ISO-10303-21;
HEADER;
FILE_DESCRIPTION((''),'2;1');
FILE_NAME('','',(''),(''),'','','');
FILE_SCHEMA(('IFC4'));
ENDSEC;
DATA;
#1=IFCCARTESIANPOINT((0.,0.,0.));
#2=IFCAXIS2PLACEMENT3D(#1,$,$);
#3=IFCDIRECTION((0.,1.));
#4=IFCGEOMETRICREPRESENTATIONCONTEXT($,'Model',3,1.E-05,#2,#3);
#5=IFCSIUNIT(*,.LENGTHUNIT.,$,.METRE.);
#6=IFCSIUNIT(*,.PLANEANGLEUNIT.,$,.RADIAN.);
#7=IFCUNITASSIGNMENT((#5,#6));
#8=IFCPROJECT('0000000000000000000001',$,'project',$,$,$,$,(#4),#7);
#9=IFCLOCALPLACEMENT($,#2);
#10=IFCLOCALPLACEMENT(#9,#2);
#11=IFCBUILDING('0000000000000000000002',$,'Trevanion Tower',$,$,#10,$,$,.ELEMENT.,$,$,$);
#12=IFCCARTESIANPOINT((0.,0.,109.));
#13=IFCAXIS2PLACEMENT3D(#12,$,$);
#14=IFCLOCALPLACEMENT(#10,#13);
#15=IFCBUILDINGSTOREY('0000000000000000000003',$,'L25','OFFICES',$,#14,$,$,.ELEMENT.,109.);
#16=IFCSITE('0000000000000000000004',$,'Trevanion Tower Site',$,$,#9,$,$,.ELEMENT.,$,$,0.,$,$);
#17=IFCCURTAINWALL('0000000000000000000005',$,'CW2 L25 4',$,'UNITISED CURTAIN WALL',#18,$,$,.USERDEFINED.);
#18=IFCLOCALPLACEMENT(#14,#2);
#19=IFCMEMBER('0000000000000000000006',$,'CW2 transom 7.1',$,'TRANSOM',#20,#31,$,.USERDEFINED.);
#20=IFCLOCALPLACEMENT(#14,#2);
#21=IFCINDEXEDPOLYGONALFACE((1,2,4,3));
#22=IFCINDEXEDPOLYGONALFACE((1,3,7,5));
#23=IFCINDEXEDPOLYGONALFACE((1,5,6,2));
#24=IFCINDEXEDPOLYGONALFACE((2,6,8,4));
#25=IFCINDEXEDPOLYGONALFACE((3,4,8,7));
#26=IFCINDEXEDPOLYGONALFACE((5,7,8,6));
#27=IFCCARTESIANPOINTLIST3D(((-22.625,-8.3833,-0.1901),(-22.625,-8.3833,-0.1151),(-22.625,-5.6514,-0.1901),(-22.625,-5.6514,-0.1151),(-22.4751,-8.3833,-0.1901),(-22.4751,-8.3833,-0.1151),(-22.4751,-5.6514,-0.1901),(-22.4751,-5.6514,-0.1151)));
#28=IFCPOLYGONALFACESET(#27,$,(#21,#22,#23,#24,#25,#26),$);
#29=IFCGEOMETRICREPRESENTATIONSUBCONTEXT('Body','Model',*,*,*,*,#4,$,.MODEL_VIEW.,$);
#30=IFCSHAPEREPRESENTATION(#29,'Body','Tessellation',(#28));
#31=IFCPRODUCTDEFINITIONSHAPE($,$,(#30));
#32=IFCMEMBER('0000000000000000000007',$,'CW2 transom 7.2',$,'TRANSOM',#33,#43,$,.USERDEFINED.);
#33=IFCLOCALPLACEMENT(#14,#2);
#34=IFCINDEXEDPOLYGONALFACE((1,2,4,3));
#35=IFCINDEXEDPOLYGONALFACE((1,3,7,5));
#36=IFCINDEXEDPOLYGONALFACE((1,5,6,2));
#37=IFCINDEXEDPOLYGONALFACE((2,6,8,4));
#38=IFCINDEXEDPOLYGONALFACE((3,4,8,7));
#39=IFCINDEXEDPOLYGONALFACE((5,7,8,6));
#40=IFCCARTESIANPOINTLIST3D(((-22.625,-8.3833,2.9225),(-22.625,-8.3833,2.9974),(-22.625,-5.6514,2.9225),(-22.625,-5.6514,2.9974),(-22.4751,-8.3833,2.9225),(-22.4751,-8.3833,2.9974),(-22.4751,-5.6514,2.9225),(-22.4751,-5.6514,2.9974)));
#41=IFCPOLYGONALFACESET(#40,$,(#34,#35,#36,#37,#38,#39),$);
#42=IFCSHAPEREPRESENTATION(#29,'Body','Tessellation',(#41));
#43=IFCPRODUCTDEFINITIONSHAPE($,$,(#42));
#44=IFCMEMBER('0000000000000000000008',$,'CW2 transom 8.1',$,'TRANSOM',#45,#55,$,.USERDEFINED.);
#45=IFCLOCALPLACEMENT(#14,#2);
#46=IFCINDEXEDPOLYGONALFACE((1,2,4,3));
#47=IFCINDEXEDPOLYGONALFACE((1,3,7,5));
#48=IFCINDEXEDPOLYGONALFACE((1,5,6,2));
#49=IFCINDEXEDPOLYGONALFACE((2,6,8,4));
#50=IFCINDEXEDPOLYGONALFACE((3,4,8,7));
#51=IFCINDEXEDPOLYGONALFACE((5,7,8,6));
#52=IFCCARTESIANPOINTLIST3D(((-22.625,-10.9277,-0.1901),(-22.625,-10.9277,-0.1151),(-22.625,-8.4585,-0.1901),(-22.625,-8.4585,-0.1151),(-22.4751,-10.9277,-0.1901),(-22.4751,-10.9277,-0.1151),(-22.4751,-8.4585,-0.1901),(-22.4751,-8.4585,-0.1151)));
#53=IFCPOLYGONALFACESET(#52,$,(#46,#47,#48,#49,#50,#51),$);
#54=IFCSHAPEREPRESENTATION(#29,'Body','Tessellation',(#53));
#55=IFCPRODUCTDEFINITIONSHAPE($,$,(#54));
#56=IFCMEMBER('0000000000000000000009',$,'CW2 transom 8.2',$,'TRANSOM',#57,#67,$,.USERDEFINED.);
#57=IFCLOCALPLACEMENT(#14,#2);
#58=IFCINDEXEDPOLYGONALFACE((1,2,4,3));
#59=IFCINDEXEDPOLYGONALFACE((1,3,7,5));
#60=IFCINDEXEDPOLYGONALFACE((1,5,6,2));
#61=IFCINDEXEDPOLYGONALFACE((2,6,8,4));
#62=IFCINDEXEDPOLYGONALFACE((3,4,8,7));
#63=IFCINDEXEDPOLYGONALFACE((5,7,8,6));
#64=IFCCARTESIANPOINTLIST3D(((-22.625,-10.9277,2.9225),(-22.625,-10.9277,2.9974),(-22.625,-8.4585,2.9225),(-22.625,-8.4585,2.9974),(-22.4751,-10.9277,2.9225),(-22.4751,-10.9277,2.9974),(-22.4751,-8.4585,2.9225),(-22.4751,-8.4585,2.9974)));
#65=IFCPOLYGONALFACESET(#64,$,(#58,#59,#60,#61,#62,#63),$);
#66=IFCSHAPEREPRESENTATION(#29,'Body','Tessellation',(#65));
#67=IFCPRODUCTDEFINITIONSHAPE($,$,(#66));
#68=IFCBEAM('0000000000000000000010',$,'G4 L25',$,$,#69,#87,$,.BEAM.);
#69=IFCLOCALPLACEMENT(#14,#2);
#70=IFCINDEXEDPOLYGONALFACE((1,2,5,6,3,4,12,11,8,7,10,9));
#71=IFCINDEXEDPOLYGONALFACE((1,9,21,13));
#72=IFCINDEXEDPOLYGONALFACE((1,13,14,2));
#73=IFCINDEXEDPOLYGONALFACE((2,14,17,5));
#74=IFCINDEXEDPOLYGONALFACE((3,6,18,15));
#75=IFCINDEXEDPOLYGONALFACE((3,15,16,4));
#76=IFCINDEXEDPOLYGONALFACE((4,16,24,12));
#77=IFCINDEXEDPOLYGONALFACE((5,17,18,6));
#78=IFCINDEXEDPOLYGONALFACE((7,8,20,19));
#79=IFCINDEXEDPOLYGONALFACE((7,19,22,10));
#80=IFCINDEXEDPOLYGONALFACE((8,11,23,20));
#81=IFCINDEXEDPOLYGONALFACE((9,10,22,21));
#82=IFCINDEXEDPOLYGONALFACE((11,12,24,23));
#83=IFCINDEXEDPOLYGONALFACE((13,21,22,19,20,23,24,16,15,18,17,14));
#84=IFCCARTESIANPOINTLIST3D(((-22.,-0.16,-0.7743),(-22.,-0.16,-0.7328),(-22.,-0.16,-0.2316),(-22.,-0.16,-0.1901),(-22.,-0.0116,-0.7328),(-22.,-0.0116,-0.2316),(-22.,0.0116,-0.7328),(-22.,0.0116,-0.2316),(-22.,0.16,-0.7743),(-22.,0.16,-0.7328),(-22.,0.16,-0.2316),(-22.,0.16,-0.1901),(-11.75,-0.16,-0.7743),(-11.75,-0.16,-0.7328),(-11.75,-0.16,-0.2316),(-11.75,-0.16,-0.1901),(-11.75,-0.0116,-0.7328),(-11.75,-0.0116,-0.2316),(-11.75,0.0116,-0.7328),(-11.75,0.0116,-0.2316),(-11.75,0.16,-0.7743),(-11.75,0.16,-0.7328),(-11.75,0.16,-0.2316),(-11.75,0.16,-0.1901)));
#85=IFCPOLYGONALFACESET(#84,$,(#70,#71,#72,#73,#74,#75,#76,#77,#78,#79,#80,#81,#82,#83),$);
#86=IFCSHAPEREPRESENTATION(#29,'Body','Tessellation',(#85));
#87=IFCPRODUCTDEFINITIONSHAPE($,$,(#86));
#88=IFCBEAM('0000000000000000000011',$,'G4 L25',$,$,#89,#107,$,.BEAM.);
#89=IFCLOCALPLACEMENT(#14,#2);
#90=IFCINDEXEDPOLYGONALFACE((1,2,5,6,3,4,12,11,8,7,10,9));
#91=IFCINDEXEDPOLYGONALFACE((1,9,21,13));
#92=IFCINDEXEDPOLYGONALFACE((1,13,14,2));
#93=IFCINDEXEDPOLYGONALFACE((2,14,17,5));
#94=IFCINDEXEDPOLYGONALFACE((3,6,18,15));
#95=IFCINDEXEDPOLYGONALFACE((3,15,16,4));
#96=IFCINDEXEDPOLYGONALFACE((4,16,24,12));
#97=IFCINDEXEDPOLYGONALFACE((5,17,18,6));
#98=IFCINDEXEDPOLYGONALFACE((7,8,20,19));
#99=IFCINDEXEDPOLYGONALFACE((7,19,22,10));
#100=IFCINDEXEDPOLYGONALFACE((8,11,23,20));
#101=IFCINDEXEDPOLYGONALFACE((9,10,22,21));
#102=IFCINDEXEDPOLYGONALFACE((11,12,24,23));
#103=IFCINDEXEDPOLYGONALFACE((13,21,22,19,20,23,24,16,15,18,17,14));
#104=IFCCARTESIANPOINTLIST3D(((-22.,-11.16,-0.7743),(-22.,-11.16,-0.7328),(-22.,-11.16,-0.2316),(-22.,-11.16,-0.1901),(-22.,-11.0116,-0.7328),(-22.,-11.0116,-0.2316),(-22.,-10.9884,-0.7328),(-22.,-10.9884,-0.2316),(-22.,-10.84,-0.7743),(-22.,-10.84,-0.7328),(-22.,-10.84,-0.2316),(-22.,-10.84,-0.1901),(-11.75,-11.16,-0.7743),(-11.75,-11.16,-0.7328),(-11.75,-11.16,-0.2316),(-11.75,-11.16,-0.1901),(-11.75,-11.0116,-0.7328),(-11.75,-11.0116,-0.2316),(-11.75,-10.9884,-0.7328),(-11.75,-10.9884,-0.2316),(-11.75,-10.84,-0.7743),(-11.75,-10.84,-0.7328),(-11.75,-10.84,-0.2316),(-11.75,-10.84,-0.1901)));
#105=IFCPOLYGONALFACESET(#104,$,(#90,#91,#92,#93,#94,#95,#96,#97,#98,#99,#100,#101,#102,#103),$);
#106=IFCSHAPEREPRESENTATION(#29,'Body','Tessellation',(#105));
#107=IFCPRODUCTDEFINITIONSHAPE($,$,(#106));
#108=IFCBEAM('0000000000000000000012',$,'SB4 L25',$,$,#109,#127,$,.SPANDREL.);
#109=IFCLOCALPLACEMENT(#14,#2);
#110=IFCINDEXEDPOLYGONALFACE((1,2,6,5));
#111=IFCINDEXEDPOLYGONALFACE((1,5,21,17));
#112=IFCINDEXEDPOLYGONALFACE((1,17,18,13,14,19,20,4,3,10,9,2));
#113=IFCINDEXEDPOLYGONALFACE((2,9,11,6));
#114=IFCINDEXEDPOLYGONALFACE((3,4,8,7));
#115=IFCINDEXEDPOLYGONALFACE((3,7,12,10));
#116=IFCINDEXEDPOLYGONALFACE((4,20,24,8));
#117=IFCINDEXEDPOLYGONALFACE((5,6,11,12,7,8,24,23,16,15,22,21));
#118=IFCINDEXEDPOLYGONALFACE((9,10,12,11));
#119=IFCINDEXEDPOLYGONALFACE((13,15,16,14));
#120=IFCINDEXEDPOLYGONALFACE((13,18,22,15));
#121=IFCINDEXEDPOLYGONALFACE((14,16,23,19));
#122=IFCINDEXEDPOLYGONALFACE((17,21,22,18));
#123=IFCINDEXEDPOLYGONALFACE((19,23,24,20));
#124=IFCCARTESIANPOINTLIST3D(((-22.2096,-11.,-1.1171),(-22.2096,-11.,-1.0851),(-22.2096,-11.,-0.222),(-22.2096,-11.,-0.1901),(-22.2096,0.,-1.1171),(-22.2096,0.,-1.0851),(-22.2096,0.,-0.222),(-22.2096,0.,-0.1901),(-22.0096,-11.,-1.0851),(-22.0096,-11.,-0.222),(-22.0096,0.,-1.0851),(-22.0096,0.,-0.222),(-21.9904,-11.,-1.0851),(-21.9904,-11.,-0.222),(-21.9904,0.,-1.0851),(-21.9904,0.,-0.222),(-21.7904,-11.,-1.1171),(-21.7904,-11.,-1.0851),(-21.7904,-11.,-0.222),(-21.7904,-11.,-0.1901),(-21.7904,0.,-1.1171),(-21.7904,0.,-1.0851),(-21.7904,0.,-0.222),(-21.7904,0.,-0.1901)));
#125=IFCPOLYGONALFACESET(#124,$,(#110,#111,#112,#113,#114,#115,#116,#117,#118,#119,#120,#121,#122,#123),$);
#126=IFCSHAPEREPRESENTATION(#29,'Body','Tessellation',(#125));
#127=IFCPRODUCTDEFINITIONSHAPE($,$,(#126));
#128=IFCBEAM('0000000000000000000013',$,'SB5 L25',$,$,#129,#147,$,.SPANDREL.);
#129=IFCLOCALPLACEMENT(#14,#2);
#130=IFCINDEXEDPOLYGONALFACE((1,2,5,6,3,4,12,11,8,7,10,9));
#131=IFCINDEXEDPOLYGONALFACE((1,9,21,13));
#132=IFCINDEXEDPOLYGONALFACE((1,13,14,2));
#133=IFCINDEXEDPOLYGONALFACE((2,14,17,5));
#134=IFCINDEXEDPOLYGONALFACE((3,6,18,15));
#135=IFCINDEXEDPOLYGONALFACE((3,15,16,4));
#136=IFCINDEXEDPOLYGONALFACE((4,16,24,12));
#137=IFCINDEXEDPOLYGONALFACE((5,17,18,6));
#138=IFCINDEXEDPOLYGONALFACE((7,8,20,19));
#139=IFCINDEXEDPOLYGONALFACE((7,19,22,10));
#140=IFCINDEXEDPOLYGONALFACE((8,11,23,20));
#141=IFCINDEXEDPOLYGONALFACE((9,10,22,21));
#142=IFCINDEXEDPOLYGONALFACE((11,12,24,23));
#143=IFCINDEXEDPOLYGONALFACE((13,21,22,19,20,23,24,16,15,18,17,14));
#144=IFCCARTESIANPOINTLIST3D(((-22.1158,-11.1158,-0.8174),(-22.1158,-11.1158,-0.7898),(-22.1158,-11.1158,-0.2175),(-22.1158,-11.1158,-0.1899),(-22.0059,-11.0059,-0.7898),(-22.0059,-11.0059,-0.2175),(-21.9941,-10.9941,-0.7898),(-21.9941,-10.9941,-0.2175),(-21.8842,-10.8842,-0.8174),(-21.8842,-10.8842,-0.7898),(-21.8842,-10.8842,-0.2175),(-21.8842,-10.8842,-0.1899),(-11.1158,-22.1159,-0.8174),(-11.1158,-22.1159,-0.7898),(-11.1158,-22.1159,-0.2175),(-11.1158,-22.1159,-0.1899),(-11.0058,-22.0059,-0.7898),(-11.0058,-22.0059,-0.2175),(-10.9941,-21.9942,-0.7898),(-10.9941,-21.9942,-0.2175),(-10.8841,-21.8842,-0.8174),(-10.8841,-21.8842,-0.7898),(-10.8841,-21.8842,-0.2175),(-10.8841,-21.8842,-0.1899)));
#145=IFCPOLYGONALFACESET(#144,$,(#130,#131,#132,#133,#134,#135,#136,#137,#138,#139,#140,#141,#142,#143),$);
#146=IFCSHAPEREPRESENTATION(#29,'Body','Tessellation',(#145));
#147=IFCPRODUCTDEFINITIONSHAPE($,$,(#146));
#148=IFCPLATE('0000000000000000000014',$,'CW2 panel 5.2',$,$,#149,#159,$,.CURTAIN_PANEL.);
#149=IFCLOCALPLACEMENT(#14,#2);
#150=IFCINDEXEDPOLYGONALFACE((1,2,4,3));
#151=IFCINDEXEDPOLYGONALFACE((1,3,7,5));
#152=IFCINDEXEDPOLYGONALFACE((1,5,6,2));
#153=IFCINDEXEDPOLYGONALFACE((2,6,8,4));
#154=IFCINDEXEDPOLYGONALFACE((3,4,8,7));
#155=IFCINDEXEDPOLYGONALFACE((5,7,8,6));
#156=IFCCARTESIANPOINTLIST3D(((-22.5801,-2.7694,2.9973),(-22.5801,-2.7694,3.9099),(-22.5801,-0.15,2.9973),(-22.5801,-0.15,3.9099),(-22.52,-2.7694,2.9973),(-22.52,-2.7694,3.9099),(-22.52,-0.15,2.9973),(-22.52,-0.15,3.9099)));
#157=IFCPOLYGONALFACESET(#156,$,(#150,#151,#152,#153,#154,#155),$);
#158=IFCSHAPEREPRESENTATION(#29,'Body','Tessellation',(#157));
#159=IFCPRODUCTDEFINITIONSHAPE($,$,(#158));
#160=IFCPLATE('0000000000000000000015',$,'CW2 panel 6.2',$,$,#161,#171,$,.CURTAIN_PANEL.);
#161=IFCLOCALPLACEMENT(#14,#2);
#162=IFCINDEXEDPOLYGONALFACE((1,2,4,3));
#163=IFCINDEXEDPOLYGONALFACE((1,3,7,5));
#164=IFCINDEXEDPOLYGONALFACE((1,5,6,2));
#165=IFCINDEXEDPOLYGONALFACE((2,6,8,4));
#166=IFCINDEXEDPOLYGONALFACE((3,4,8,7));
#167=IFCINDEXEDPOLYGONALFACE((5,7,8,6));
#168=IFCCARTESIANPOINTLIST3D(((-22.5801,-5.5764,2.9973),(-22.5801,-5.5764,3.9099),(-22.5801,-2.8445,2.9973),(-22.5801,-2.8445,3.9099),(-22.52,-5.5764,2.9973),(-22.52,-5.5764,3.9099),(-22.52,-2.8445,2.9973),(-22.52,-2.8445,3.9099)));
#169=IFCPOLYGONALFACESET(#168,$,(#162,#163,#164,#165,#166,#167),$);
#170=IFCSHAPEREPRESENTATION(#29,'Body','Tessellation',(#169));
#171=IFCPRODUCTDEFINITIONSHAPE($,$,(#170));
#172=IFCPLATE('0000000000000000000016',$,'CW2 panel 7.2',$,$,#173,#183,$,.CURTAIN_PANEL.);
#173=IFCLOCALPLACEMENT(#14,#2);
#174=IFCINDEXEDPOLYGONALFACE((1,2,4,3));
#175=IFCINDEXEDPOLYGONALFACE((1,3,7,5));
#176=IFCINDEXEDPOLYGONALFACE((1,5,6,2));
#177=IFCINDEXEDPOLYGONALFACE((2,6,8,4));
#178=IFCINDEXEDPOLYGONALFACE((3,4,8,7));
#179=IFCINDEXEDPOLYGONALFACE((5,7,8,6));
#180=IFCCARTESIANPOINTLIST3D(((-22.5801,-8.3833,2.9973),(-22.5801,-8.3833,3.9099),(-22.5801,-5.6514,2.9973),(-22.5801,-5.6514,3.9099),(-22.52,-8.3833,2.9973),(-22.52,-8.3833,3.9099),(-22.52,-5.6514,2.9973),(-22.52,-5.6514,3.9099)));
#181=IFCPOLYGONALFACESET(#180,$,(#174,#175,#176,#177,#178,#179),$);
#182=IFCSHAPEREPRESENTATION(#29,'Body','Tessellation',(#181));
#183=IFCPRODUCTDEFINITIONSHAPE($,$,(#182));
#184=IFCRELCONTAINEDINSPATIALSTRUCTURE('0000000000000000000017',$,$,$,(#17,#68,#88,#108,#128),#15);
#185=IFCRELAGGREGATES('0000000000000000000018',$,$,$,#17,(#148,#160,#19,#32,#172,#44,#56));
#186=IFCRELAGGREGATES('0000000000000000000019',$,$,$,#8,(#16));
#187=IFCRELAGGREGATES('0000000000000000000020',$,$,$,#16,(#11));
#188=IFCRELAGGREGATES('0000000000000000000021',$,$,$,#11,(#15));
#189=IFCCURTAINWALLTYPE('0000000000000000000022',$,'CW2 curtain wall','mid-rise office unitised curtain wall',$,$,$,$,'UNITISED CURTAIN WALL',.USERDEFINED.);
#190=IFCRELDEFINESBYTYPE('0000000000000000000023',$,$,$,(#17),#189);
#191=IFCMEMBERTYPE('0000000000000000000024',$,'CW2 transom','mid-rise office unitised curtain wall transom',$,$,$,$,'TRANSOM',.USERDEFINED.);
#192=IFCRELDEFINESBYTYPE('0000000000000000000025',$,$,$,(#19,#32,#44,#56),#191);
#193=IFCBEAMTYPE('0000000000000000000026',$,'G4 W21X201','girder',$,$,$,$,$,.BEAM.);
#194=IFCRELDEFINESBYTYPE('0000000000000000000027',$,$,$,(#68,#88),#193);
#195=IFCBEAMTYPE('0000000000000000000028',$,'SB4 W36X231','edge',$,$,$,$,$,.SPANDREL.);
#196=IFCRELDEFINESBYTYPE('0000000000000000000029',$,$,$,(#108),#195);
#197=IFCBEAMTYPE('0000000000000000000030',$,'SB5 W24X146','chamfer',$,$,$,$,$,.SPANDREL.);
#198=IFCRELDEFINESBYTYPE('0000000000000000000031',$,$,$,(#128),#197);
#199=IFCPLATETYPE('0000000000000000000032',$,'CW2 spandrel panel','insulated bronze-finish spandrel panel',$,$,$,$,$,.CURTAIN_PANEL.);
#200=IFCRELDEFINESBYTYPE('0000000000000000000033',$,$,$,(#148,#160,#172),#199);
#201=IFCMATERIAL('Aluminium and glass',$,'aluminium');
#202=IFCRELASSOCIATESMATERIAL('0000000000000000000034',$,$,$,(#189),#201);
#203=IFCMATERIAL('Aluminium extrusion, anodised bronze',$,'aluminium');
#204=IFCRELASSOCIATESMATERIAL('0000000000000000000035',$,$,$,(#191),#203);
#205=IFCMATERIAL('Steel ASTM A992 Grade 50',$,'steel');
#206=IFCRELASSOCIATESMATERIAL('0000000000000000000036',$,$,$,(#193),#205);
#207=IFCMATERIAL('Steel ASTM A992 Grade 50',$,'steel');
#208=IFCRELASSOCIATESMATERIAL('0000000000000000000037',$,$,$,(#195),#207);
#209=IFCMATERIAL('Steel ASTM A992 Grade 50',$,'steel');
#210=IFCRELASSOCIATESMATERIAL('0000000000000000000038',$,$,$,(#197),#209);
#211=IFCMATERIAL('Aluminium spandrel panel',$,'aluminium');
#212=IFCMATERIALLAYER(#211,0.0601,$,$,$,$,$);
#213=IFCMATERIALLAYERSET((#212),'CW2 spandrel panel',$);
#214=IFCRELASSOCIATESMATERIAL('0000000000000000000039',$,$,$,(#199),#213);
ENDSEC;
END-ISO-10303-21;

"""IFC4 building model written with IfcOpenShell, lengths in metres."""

from ifc_helpers import new_model, si_unit, direction, frame, origin, origin_2d, place, context, subcontext, project, spatial, rectangle, i_section, extrude, material, layer, layer_set, material_profile, profile_set, type_object, element, aggregate, save


model = new_model("IFC4")

# Units and contexts
model_context = context("Model", 3, precision=1e-05, world=origin(), true_north=direction((0.0, 1.0)))
body_context = subcontext(model_context, "Body", "Model", "MODEL_VIEW")
ifc_project = project(units=[si_unit("LENGTHUNIT", "METRE"), si_unit("PLANEANGLEUNIT", "RADIAN")], contexts=[model_context])

# Site, building, storey
site_placement = place(None, origin())
site = spatial("IfcSite", under=ifc_project, at=site_placement, Name="Trevanion Tower Site", CompositionType="ELEMENT", RefElevation=0.0)
building_placement = place(site_placement, origin())
building = spatial("IfcBuilding", under=site, at=building_placement, Name="Trevanion Tower", CompositionType="ELEMENT")
storey_placement = place(building_placement, frame((0.0, 0.0, 109.0)))
storey = spatial("IfcBuildingStorey", under=building, at=storey_placement, Name="L25", Description="OFFICES", CompositionType="ELEMENT", Elevation=109.0)

# Curtain wall, members
ifc_material_1 = material(Name="Aluminium and glass", Category="aluminium")
curtain_wall_type = type_object("IfcCurtainWallType", Name="CW2 curtain wall", Description="mid-rise office unitised curtain wall", ElementType="UNITISED CURTAIN WALL", PredefinedType="USERDEFINED", material=ifc_material_1)
curtain_wall_placement = place(storey_placement, origin())
curtain_wall = element("IfcCurtainWall", 1, at=curtain_wall_placement, inside=storey, type_object=curtain_wall_type, Name="CW2 L25 4", ObjectType="UNITISED CURTAIN WALL", PredefinedType="USERDEFINED")
ifc_material_2 = material(Name="Aluminium extrusion, anodised bronze", Category="aluminium")
ifc_material_profile_1 = material_profile(ifc_material_2, rectangle(XDim=0.1499, YDim=0.075, at=origin_2d()), Name="CW2 transom")
ifc_profile_set_1 = profile_set([ifc_material_profile_1], Name="Aluminium extrusion, anodised bronze")
member_type_1 = type_object("IfcMemberType", Name="CW2 transom", Description="mid-rise office unitised curtain wall transom", ElementType="TRANSOM", PredefinedType="USERDEFINED", material=ifc_profile_set_1)
member_1_placement = place(storey_placement, frame((-22.55, -5.6514, -0.1526), z_axis=(0.0, -1.0, 0.0), x_axis=(1.0, 0.0, 0.0)))
member_1 = element("IfcMember", 2, at=member_1_placement, type_object=member_type_1, Name="CW2 transom 7.1", ObjectType="TRANSOM", PredefinedType="USERDEFINED", context=body_context, shape_type="SweptSolid", body=[
    extrude(rectangle(XDim=0.1499, YDim=0.075, at=origin_2d()), origin(), (0.0, 0.0, 1.0), 2.7319),
])
member_2_placement = place(storey_placement, frame((-22.55, -5.6514, 2.96), z_axis=(0.0, -1.0, 0.0), x_axis=(1.0, 0.0, 0.0)))
member_2 = element("IfcMember", 3, at=member_2_placement, type_object=member_type_1, Name="CW2 transom 7.2", ObjectType="TRANSOM", PredefinedType="USERDEFINED", context=body_context, shape_type="SweptSolid", body=[
    extrude(rectangle(XDim=0.1499, YDim=0.075, at=origin_2d()), origin(), (0.0, 0.0, 1.0), 2.7319),
])
member_3_placement = place(storey_placement, frame((-22.55, -8.4585, -0.1526), z_axis=(0.0, -1.0, 0.0), x_axis=(1.0, 0.0, 0.0)))
member_3 = element("IfcMember", 4, at=member_3_placement, type_object=member_type_1, Name="CW2 transom 8.1", ObjectType="TRANSOM", PredefinedType="USERDEFINED", context=body_context, shape_type="SweptSolid", body=[
    extrude(rectangle(XDim=0.1499, YDim=0.075, at=origin_2d()), origin(), (0.0, 0.0, 1.0), 2.4692),
])
member_4_placement = place(storey_placement, frame((-22.55, -8.4585, 2.96), z_axis=(0.0, -1.0, 0.0), x_axis=(1.0, 0.0, 0.0)))
member_4 = element("IfcMember", 5, at=member_4_placement, type_object=member_type_1, Name="CW2 transom 8.2", ObjectType="TRANSOM", PredefinedType="USERDEFINED", context=body_context, shape_type="SweptSolid", body=[
    extrude(rectangle(XDim=0.1499, YDim=0.075, at=origin_2d()), origin(), (0.0, 0.0, 1.0), 2.4692),
])

# Beams
ifc_material_3 = material(Name="Steel ASTM A992 Grade 50", Category="steel")
ifc_material_profile_2 = material_profile(ifc_material_3, i_section(OverallWidth=0.3201, OverallDepth=0.5842, WebThickness=0.0232, FlangeThickness=0.0415, at=origin_2d()), Name="W21X201")
ifc_profile_set_2 = profile_set([ifc_material_profile_2], Name="Steel ASTM A992 Grade 50")
beam_type_1 = type_object("IfcBeamType", Name="G4 W21X201", Description="girder", PredefinedType="BEAM", material=ifc_profile_set_2)
for number, where, z_axis, x_axis, name in (
    (6, (-11.75, 0.0, -0.4822), (-1.0, 0.0, 0.0), (0.0, -1.0, 0.0), "G4 L25"),
    (7, (-11.75, -11.0, -0.4822), (-1.0, 0.0, 0.0), (0.0, -1.0, 0.0), "G4 L25"),
):
    element("IfcBeam", number, at=place(storey_placement, frame(where, z_axis=z_axis, x_axis=x_axis)), inside=storey, type_object=beam_type_1, Name=name, PredefinedType="BEAM", context=body_context, shape_type="SweptSolid", body=[
        extrude(i_section(OverallWidth=0.3201, OverallDepth=0.5842, WebThickness=0.0232, FlangeThickness=0.0415, at=origin_2d()), origin(), (0.0, 0.0, 1.0), 10.25),
    ])
ifc_material_4 = material(Name="Steel ASTM A992 Grade 50", Category="steel")
ifc_material_profile_3 = material_profile(ifc_material_4, i_section(OverallWidth=0.4192, OverallDepth=0.927, WebThickness=0.0193, FlangeThickness=0.032, at=origin_2d()), Name="W36X231")
ifc_profile_set_3 = profile_set([ifc_material_profile_3], Name="Steel ASTM A992 Grade 50")
beam_type_2 = type_object("IfcBeamType", Name="SB4 W36X231", Description="edge", PredefinedType="SPANDREL", material=ifc_profile_set_3)
beam_1_placement = place(storey_placement, frame((-22.0, 0.0, -0.6536), z_axis=(0.0, -1.0, 0.0), x_axis=(1.0, 0.0, 0.0)))
element("IfcBeam", 8, at=beam_1_placement, inside=storey, type_object=beam_type_2, Name="SB4 L25", PredefinedType="SPANDREL", context=body_context, shape_type="SweptSolid", body=[
    extrude(i_section(OverallWidth=0.4192, OverallDepth=0.927, WebThickness=0.0193, FlangeThickness=0.032, at=origin_2d()), origin(), (0.0, 0.0, 1.0), 11.0),
])
ifc_material_5 = material(Name="Steel ASTM A992 Grade 50", Category="steel")
ifc_material_profile_4 = material_profile(ifc_material_5, i_section(OverallWidth=0.3276, OverallDepth=0.6274, WebThickness=0.0166, FlangeThickness=0.0276, at=origin_2d()), Name="W24X146")
ifc_profile_set_4 = profile_set([ifc_material_profile_4], Name="Steel ASTM A992 Grade 50")
beam_type_3 = type_object("IfcBeamType", Name="SB5 W24X146", Description="chamfer", PredefinedType="SPANDREL", material=ifc_profile_set_4)
beam_2_placement = place(storey_placement, frame((-22.0, -11.0, -0.5037), z_axis=(0.707107, -0.707107, 0.0), x_axis=(0.707107, 0.707107, 0.0)))
element("IfcBeam", 9, at=beam_2_placement, inside=storey, type_object=beam_type_3, Name="SB5 L25", PredefinedType="SPANDREL", context=body_context, shape_type="SweptSolid", body=[
    extrude(i_section(OverallWidth=0.3276, OverallDepth=0.6274, WebThickness=0.0166, FlangeThickness=0.0276, at=origin_2d()), origin(), (0.0, 0.0, 1.0), 15.5564),
])

# Plates
ifc_material_6 = material(Name="Aluminium spandrel panel", Category="aluminium")
ifc_layer_1 = layer(ifc_material_6, 0.0601)
ifc_layer_set_1 = layer_set([ifc_layer_1], Name="CW2 spandrel panel")
plate_type_1 = type_object("IfcPlateType", Name="CW2 spandrel panel", Description="insulated bronze-finish spandrel panel", PredefinedType="CURTAIN_PANEL", material=ifc_layer_set_1)
plate_1_placement = place(storey_placement, frame((-22.55, -1.4597, 2.9973), z_axis=(0.0, 0.0, 1.0), x_axis=(0.0, -1.0, 0.0)))
plate_1 = element("IfcPlate", 10, at=plate_1_placement, type_object=plate_type_1, Name="CW2 panel 5.2", PredefinedType="CURTAIN_PANEL", context=body_context, shape_type="SweptSolid", body=[
    extrude(rectangle(XDim=2.6194, YDim=0.0601, at=origin_2d()), origin(), (0.0, 0.0, 1.0), 0.9126),
])
plate_2_placement = place(storey_placement, frame((-22.55, -4.2104, 2.9973), z_axis=(0.0, 0.0, 1.0), x_axis=(0.0, -1.0, 0.0)))
plate_2 = element("IfcPlate", 11, at=plate_2_placement, type_object=plate_type_1, Name="CW2 panel 6.2", PredefinedType="CURTAIN_PANEL", context=body_context, shape_type="SweptSolid", body=[
    extrude(rectangle(XDim=2.7319, YDim=0.0601, at=origin_2d()), origin(), (0.0, 0.0, 1.0), 0.9126),
])
plate_3_placement = place(storey_placement, frame((-22.55, -7.0173, 2.9973), z_axis=(0.0, 0.0, 1.0), x_axis=(0.0, -1.0, 0.0)))
plate_3 = element("IfcPlate", 12, at=plate_3_placement, type_object=plate_type_1, Name="CW2 panel 7.2", PredefinedType="CURTAIN_PANEL", context=body_context, shape_type="SweptSolid", body=[
    extrude(rectangle(XDim=2.7319, YDim=0.0601, at=origin_2d()), origin(), (0.0, 0.0, 1.0), 0.9126),
])
aggregate(curtain_wall, [plate_1, plate_2, member_1, member_2, plate_3, member_3, member_4])

save(model, "model.ifc")
